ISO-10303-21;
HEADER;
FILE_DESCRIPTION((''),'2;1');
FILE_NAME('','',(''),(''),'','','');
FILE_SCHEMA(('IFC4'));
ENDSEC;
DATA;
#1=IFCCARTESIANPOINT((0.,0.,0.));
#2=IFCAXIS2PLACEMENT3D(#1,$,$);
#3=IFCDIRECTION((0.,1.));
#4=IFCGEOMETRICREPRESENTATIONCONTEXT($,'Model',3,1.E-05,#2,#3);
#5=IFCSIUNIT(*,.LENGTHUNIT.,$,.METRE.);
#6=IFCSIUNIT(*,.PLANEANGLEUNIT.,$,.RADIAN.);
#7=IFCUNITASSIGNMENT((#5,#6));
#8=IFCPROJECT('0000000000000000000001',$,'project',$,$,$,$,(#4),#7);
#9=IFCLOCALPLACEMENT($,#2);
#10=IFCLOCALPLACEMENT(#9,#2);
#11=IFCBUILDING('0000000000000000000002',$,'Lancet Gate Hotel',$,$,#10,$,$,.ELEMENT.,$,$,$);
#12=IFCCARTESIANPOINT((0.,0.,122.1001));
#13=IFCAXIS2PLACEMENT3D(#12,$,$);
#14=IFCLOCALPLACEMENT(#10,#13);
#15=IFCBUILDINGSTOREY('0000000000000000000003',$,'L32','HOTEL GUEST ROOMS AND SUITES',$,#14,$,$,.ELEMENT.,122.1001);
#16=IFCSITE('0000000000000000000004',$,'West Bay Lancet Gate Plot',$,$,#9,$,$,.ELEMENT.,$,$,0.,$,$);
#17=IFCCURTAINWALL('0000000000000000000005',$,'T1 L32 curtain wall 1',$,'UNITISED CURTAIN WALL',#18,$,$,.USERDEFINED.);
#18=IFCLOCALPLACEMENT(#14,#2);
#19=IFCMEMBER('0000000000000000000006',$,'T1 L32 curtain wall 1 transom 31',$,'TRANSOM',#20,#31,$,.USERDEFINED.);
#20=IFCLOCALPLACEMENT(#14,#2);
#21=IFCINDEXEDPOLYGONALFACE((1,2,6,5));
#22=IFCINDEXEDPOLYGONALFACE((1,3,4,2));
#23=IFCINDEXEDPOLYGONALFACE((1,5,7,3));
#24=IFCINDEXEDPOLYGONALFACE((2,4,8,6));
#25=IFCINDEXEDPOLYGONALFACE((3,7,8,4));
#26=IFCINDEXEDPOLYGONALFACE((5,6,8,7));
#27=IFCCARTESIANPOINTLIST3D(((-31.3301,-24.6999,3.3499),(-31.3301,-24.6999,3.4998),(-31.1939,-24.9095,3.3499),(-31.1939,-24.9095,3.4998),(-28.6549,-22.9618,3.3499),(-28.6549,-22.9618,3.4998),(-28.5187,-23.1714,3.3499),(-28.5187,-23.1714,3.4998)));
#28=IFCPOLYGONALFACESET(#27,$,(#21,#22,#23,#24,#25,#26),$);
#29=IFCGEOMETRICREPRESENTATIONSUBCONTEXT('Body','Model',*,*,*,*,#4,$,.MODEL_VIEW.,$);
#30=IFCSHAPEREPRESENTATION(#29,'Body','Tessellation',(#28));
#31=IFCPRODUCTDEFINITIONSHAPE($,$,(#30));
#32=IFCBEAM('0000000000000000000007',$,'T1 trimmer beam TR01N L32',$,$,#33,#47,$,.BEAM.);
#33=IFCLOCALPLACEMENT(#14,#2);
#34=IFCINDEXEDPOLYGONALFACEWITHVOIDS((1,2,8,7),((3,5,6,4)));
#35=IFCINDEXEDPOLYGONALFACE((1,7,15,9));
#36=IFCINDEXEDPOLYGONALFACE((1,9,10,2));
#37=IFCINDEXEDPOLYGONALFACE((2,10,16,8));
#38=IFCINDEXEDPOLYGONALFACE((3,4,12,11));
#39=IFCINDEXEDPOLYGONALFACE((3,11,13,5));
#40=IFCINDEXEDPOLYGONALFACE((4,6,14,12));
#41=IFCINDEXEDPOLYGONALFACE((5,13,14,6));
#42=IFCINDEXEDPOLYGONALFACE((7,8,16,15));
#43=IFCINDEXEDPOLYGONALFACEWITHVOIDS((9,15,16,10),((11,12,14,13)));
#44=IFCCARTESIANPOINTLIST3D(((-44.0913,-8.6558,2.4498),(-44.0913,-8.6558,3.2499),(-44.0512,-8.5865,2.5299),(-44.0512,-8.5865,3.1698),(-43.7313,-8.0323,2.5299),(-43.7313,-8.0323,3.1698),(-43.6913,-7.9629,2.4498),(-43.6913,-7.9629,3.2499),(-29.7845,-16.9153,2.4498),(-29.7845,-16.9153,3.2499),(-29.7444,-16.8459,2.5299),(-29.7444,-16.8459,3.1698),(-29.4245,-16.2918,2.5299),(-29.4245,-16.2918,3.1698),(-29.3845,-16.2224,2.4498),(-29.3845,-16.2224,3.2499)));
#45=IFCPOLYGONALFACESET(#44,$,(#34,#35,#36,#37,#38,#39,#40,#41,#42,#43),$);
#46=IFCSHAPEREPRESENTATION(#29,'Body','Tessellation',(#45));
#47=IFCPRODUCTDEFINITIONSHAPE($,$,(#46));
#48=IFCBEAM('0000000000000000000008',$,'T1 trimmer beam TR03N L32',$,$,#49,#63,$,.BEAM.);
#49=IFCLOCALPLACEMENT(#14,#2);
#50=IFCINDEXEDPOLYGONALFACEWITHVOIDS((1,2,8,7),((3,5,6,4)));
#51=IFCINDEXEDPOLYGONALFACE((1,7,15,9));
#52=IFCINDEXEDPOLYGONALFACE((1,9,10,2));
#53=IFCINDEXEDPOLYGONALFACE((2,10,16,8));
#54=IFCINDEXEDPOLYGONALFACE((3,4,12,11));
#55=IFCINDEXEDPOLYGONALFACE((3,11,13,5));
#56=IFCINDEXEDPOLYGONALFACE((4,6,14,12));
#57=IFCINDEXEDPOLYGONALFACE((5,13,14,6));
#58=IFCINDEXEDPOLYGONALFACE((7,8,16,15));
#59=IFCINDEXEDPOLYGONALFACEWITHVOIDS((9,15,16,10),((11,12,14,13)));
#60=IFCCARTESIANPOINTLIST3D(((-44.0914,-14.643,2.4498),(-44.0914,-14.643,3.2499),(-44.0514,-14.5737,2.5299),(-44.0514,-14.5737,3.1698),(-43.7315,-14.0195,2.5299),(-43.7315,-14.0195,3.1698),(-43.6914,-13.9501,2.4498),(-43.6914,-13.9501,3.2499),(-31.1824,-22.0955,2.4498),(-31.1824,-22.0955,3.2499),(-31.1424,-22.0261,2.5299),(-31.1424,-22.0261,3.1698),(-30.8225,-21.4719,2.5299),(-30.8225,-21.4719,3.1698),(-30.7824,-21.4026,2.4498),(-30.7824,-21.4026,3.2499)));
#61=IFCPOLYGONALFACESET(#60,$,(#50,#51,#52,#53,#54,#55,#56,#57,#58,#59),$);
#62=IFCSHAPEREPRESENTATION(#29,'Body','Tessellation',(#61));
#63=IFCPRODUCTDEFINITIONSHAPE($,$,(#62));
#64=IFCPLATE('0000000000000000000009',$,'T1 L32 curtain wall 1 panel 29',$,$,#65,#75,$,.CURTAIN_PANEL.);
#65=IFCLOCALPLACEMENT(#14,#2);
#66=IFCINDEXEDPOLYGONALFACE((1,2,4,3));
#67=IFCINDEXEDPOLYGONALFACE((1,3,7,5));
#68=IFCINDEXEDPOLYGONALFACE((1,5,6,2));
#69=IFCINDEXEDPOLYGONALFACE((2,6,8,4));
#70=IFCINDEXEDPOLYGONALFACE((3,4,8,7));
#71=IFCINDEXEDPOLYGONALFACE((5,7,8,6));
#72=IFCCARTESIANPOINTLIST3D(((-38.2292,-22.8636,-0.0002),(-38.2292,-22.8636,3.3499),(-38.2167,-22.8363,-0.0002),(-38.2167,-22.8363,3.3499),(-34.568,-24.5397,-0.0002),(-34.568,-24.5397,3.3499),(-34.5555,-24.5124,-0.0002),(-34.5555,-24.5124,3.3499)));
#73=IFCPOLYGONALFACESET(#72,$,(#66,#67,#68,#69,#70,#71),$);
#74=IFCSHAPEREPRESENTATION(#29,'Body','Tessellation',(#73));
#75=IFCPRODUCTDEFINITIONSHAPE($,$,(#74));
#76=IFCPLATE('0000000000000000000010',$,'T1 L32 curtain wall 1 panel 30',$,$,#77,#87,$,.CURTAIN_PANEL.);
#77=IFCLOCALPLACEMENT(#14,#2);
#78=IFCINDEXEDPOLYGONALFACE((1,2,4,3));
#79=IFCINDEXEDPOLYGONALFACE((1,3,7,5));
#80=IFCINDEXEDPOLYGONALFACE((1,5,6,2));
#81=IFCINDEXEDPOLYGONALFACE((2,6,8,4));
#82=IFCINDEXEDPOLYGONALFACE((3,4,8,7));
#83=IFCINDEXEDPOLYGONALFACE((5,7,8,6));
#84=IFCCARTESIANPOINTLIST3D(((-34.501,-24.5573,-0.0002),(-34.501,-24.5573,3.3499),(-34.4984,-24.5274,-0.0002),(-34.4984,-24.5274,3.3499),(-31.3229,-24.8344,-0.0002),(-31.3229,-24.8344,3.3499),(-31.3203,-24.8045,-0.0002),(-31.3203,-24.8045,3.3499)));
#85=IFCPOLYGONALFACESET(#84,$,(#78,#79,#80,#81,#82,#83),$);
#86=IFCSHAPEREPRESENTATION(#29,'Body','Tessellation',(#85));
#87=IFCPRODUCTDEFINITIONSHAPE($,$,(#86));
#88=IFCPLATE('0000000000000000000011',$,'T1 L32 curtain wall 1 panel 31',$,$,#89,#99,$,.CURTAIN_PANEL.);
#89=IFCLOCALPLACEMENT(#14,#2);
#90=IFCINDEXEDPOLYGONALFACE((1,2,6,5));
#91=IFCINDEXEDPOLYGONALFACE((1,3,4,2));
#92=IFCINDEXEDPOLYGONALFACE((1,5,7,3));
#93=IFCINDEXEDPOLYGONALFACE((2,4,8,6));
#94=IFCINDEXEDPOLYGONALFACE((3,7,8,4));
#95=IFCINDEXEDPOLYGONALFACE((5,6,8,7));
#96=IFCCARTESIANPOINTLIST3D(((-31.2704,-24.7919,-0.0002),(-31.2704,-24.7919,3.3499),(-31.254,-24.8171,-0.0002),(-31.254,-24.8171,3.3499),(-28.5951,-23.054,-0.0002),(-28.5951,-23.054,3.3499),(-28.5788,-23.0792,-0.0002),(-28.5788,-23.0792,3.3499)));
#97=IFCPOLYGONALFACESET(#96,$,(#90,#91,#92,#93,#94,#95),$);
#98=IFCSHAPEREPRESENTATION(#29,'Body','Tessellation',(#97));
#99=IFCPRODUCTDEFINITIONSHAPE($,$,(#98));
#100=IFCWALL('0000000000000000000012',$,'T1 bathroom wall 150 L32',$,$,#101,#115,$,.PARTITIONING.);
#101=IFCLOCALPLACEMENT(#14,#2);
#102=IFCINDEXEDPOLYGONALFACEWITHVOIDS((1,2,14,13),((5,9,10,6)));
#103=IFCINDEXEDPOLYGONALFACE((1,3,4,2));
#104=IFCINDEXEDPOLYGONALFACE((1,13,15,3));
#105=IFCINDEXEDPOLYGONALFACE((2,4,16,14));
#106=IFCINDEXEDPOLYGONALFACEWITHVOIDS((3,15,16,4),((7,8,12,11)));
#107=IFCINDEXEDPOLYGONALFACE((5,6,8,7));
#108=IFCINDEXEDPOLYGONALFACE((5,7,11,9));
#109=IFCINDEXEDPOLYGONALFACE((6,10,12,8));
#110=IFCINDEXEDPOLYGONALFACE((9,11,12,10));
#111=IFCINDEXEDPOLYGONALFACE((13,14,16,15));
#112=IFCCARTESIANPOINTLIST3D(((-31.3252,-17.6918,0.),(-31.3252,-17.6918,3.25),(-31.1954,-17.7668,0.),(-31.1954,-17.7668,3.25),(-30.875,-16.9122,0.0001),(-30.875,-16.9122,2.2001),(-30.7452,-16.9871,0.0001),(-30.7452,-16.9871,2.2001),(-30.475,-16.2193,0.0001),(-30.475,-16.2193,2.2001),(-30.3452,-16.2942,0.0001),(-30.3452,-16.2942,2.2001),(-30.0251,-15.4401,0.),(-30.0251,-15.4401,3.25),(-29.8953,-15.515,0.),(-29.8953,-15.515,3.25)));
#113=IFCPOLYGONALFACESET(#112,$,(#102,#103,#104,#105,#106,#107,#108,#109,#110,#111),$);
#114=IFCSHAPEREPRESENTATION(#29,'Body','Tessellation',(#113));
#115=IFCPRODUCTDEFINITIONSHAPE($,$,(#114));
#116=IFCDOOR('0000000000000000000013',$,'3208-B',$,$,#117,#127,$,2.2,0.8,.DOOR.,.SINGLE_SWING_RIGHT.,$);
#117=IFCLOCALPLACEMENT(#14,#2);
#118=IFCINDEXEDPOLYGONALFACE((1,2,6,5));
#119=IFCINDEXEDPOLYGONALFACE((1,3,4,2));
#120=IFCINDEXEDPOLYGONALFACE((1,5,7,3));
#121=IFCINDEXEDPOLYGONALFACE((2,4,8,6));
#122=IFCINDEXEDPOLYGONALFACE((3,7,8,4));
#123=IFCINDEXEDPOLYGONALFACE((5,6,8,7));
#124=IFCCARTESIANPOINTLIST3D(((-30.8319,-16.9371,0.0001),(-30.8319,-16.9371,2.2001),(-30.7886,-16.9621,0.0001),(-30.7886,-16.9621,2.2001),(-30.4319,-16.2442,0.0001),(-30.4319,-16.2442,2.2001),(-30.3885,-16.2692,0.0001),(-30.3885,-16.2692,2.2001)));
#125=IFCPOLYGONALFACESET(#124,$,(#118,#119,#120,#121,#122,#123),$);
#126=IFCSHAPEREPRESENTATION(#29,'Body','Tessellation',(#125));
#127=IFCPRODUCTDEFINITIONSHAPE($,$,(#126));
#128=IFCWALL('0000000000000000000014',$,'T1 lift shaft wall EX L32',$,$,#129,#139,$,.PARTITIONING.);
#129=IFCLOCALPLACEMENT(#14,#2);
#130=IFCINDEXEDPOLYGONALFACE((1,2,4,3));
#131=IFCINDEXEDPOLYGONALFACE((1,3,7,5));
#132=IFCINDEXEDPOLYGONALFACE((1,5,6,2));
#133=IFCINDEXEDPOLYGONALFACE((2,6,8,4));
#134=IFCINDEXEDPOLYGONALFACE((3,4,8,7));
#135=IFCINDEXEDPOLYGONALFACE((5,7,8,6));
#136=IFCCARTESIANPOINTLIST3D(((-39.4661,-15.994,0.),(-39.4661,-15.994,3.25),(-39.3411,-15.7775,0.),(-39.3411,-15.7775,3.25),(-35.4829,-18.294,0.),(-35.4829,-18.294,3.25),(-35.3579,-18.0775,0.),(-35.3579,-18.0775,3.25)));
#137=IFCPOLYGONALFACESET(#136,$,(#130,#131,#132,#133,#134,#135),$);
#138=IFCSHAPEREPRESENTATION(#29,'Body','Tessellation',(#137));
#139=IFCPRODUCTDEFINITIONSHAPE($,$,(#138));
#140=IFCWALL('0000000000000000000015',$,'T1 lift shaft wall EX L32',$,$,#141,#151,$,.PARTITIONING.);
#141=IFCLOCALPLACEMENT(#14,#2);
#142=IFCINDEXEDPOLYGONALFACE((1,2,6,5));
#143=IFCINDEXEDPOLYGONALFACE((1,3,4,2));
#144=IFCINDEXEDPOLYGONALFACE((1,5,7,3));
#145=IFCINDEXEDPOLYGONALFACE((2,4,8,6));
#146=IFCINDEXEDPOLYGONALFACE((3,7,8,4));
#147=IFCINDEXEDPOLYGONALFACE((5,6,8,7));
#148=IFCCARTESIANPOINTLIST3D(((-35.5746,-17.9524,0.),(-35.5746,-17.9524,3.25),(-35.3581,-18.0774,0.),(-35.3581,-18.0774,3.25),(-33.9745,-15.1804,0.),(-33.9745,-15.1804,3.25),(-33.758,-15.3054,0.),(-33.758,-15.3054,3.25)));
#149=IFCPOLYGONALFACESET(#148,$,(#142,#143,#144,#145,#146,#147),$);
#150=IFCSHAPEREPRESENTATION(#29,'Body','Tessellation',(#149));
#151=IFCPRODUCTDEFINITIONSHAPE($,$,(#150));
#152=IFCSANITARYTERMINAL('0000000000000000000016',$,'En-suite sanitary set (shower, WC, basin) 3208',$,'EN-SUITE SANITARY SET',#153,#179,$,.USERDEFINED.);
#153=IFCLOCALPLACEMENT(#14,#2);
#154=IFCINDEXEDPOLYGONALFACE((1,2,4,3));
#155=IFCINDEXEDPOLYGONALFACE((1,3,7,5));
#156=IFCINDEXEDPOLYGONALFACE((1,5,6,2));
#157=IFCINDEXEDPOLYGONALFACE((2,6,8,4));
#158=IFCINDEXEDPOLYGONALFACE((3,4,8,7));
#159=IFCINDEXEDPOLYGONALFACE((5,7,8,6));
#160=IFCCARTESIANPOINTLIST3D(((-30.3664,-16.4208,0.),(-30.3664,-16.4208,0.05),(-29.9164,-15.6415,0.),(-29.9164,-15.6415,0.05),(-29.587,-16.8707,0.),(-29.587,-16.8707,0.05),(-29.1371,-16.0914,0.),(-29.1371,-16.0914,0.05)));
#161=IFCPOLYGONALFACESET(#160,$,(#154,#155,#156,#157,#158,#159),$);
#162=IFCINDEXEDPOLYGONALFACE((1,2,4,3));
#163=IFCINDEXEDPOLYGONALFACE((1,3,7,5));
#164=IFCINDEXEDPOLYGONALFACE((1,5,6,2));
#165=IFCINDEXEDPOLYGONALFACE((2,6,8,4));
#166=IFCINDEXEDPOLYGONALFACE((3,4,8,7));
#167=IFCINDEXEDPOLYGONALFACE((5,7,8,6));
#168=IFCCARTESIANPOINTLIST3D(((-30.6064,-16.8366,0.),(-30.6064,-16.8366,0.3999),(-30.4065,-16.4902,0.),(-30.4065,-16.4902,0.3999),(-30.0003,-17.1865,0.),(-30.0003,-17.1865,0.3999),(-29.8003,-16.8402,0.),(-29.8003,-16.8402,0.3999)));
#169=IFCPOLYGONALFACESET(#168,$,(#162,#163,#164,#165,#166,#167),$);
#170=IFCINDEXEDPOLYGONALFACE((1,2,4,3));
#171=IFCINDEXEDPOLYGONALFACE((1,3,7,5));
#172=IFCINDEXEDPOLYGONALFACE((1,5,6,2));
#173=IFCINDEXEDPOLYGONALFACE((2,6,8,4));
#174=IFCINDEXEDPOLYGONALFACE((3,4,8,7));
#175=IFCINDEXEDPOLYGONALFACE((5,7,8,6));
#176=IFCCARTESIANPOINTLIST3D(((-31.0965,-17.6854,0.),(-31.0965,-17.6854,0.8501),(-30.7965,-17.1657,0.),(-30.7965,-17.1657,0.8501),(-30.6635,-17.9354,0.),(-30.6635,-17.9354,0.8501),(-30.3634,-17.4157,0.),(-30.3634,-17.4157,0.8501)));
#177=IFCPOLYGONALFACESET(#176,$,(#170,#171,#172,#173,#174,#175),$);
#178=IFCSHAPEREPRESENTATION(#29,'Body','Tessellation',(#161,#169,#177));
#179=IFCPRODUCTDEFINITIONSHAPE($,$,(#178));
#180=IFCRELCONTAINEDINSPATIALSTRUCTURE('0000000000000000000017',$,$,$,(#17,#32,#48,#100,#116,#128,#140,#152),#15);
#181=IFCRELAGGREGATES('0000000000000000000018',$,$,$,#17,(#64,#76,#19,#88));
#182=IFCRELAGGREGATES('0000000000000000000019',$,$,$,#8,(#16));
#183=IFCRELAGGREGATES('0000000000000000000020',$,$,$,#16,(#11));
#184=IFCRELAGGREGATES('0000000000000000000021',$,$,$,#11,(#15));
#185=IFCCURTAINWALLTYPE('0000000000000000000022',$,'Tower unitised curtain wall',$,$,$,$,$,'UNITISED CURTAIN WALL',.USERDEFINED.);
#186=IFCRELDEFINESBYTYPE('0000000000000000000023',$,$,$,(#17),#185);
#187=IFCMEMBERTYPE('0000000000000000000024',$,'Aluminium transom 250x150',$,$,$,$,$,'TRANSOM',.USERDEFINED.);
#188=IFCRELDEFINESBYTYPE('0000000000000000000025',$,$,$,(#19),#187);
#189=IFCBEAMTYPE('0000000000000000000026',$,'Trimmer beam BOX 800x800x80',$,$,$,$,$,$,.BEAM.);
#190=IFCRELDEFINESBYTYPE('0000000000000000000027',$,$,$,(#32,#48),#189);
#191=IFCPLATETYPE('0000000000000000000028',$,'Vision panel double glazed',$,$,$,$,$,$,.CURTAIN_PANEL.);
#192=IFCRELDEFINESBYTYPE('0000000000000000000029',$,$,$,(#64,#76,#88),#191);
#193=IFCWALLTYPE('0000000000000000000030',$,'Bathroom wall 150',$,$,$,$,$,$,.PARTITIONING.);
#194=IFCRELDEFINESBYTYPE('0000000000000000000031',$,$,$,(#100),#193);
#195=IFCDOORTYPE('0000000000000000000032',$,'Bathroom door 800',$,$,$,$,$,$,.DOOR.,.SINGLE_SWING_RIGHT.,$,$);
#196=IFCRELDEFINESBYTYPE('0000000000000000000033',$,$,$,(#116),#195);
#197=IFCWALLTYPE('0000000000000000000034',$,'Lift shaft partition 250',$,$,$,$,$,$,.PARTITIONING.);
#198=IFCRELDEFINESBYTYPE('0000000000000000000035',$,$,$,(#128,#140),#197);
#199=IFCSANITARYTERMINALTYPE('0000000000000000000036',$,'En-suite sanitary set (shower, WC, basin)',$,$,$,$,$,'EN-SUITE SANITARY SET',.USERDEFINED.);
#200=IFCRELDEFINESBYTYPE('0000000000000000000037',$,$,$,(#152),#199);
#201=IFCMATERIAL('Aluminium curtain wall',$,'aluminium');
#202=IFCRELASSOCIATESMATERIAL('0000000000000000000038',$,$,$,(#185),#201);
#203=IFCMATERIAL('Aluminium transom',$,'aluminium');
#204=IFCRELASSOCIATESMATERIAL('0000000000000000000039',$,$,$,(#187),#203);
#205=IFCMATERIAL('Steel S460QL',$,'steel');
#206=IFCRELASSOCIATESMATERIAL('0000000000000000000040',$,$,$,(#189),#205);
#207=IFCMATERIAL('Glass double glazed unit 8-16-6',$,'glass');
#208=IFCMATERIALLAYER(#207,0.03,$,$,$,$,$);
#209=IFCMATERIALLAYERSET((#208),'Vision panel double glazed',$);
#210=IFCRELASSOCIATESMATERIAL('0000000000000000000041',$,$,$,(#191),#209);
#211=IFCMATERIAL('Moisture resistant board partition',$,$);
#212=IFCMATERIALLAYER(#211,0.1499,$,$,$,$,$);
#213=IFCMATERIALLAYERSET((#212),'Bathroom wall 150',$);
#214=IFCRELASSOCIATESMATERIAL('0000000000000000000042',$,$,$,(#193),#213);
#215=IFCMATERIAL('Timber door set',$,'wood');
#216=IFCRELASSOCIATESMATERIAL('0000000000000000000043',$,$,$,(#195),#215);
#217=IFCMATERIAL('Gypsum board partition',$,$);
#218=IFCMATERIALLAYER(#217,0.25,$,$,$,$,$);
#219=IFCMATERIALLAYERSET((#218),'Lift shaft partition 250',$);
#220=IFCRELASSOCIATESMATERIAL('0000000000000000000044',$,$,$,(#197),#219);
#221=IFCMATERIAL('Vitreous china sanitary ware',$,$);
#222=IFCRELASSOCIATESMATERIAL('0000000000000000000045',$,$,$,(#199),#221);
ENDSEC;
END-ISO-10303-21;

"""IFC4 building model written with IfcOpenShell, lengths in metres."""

from ifc_helpers import new_model, si_unit, direction, frame, frame_2d, origin, origin_2d, place, context, subcontext, project, spatial, rectangle, hollow_rectangle, extrude, material, layer, layer_set, material_profile, profile_set, type_object, element, fill, aggregate, save


model = new_model("IFC4")

# Units and contexts
model_context = context("Model", 3, precision=1e-05, world=origin(), true_north=direction((0.0, 1.0)))
body_context = subcontext(model_context, "Body", "Model", "MODEL_VIEW")
ifc_project = project(units=[si_unit("LENGTHUNIT", "METRE"), si_unit("PLANEANGLEUNIT", "RADIAN")], contexts=[model_context])

# Site, building, storey
site_placement = place(None, origin())
site = spatial("IfcSite", under=ifc_project, at=site_placement, Name="West Bay Lancet Gate Plot", CompositionType="ELEMENT", RefElevation=0.0)
building_placement = place(site_placement, origin())
building = spatial("IfcBuilding", under=site, at=building_placement, Name="Lancet Gate Hotel", CompositionType="ELEMENT")
storey_placement = place(building_placement, frame((0.0, 0.0, 122.1001)))
storey = spatial("IfcBuildingStorey", under=building, at=storey_placement, Name="L32", Description="HOTEL GUEST ROOMS AND SUITES", CompositionType="ELEMENT", Elevation=122.1001)

# Curtain wall, member
ifc_material_1 = material(Name="Aluminium curtain wall", Category="aluminium")
curtain_wall_type = type_object("IfcCurtainWallType", Name="Tower unitised curtain wall", ElementType="UNITISED CURTAIN WALL", PredefinedType="USERDEFINED", material=ifc_material_1)
curtain_wall_placement = place(storey_placement, origin())
curtain_wall = element("IfcCurtainWall", 1, at=curtain_wall_placement, inside=storey, type_object=curtain_wall_type, Name="T1 L32 curtain wall 1", ObjectType="UNITISED CURTAIN WALL", PredefinedType="USERDEFINED")
ifc_material_2 = material(Name="Aluminium transom", Category="aluminium")
ifc_material_profile_1 = material_profile(ifc_material_2, rectangle(XDim=0.25, YDim=0.1499, at=origin_2d()), Name="TRANSOM 250x150")
ifc_profile_set_1 = profile_set([ifc_material_profile_1], Name="Aluminium transom")
member_type_1 = type_object("IfcMemberType", Name="Aluminium transom 250x150", ElementType="TRANSOM", PredefinedType="USERDEFINED", material=ifc_profile_set_1)
member_1_placement = place(storey_placement, frame((-31.262, -24.8047, 3.4248), z_axis=(0.83855, 0.544824, 0.0), x_axis=(-0.544824, 0.83855, 0.0)))
member_1 = element("IfcMember", 2, at=member_1_placement, type_object=member_type_1, Name="T1 L32 curtain wall 1 transom 31", ObjectType="TRANSOM", PredefinedType="USERDEFINED", context=body_context, shape_type="SweptSolid", body=[
    extrude(rectangle(XDim=0.25, YDim=0.1499, at=origin_2d()), origin(), (0.0, 0.0, 1.0), 3.1902),
])

# Beams
ifc_material_3 = material(Name="Steel S460QL", Category="steel")
ifc_material_profile_2 = material_profile(ifc_material_3, hollow_rectangle(XDim=0.8, YDim=0.8, WallThickness=0.0801, at=origin_2d()), Name="BOX 800x800x80")
ifc_profile_set_2 = profile_set([ifc_material_profile_2], Name="Steel S460QL")
beam_type = type_object("IfcBeamType", Name="Trimmer beam BOX 800x800x80", PredefinedType="BEAM", material=ifc_profile_set_2)
beam_1_placement = place(storey_placement, frame((-29.5845, -16.5688, 2.8499), z_axis=(-0.86604, 0.499974, 0.0), x_axis=(-0.499974, -0.86604, 0.0)))
element("IfcBeam", 3, at=beam_1_placement, inside=storey, type_object=beam_type, Name="T1 trimmer beam TR01N L32", PredefinedType="BEAM", context=body_context, shape_type="SweptSolid", body=[
    extrude(hollow_rectangle(XDim=0.8, YDim=0.8, WallThickness=0.0801, at=origin_2d()), origin(), (0.0, 0.0, 1.0), 16.5198),
])
beam_2_placement = place(storey_placement, frame((-30.9824, -21.749, 2.8499), z_axis=(-0.866042, 0.499971, 0.0), x_axis=(-0.499971, -0.866042, 0.0)))
element("IfcBeam", 4, at=beam_2_placement, inside=storey, type_object=beam_type, Name="T1 trimmer beam TR03N L32", PredefinedType="BEAM", context=body_context, shape_type="SweptSolid", body=[
    extrude(hollow_rectangle(XDim=0.8, YDim=0.8, WallThickness=0.0801, at=origin_2d()), origin(), (0.0, 0.0, 1.0), 14.9058),
])

# Plates
ifc_material_4 = material(Name="Glass double glazed unit 8-16-6", Category="glass")
ifc_layer_1 = layer(ifc_material_4, 0.03)
ifc_layer_set_1 = layer_set([ifc_layer_1], Name="Vision panel double glazed")
plate_type = type_object("IfcPlateType", Name="Vision panel double glazed", PredefinedType="CURTAIN_PANEL", material=ifc_layer_set_1)
plate_1_placement = place(storey_placement, frame((-36.3923, -23.688, -0.0002), z_axis=(0.0, 0.0, 1.0), x_axis=(0.909253, -0.416245, 0.0)))
plate_1 = element("IfcPlate", 5, at=plate_1_placement, type_object=plate_type, Name="T1 L32 curtain wall 1 panel 29", PredefinedType="CURTAIN_PANEL", context=body_context, shape_type="SweptSolid", body=[
    extrude(rectangle(XDim=4.0266, YDim=0.03, at=origin_2d()), origin(), (0.0, 0.0, 1.0), 3.3501),
])
plate_2_placement = place(storey_placement, frame((-32.9106, -24.6809, -0.0002), z_axis=(0.0, 0.0, 1.0), x_axis=(0.996219, -0.08688, 0.0)))
plate_2 = element("IfcPlate", 6, at=plate_2_placement, type_object=plate_type, Name="T1 L32 curtain wall 1 panel 30", PredefinedType="CURTAIN_PANEL", context=body_context, shape_type="SweptSolid", body=[
    extrude(rectangle(XDim=3.1902, YDim=0.03, at=origin_2d()), origin(), (0.0, 0.0, 1.0), 3.3501),
])
plate_3_placement = place(storey_placement, frame((-29.9246, -23.9355, -0.0002), z_axis=(0.0, 0.0, 1.0), x_axis=(0.83858, 0.544778, 0.0)))
plate_3 = element("IfcPlate", 7, at=plate_3_placement, type_object=plate_type, Name="T1 L32 curtain wall 1 panel 31", PredefinedType="CURTAIN_PANEL", context=body_context, shape_type="SweptSolid", body=[
    extrude(rectangle(XDim=3.1902, YDim=0.03, at=origin_2d()), origin(), (0.0, 0.0, 1.0), 3.3501),
])
aggregate(curtain_wall, [plate_1, plate_2, member_1, plate_3])

# Wall, opening, door
ifc_material_5 = material(Name="Moisture resistant board partition")
ifc_layer_2 = layer(ifc_material_5, 0.1499)
ifc_layer_set_2 = layer_set([ifc_layer_2], Name="Bathroom wall 150")
wall_type_1 = type_object("IfcWallType", Name="Bathroom wall 150", PredefinedType="PARTITIONING", material=ifc_layer_set_2)
wall_1_placement = place(storey_placement, frame((-29.9602, -15.4775, 0.0), z_axis=(0.0, 0.0, 1.0), x_axis=(-0.500007, -0.866021, 0.0)))
wall_1 = element("IfcWall", 8, at=wall_1_placement, inside=storey, type_object=wall_type_1, Name="T1 bathroom wall 150 L32", PredefinedType="PARTITIONING", context=body_context, shape_type="SweptSolid", body=[
    extrude(rectangle(XDim=2.6001, YDim=0.1499, at=frame_2d((1.3, 0.0))), origin(), (0.0, 0.0, 1.0), 3.25),
])
opening_placement = place(wall_1_placement, frame((0.8999, 0.0, 0.0)))
opening = element("IfcOpeningElement", 9, at=opening_placement, cuts=wall_1, PredefinedType="OPENING", context=body_context, shape_type="SweptSolid", body=[
    extrude(rectangle(XDim=0.8, YDim=2.2, at=frame_2d((0.3999, 1.1001))), frame((0.0, 0.085, 0.0), z_axis=(0.0, -1.0, 0.0), x_axis=(1.0, 0.0, 0.0)), (0.0, 0.0, 1.0), 0.1699),
])
ifc_material_6 = material(Name="Timber door set", Category="wood")
door_type = type_object("IfcDoorType", Name="Bathroom door 800", OperationType="SINGLE_SWING_RIGHT", PredefinedType="DOOR", material=ifc_material_6)
door_placement = place(opening_placement, origin())
door = element("IfcDoor", 10, at=door_placement, inside=storey, type_object=door_type, Name="3208-B", OperationType="SINGLE_SWING_RIGHT", OverallHeight=2.2, OverallWidth=0.8, PredefinedType="DOOR", context=body_context, shape_type="SweptSolid", body=[
    extrude(rectangle(XDim=0.8, YDim=2.2, at=frame_2d((0.3999, 1.1001))), frame((0.0, 0.0249, 0.0), z_axis=(0.0, -1.0, 0.0), x_axis=(1.0, 0.0, 0.0)), (0.0, 0.0, 1.0), 0.05),
])
fill(opening, door)

# Walls
ifc_material_7 = material(Name="Gypsum board partition")
ifc_layer_3 = layer(ifc_material_7, 0.25)
ifc_layer_set_3 = layer_set([ifc_layer_3], Name="Lift shaft partition 250")
wall_type_2 = type_object("IfcWallType", Name="Lift shaft partition 250", PredefinedType="PARTITIONING", material=ifc_layer_set_3)
wall_2_placement = place(storey_placement, frame((-35.4204, -18.1858, 0.0), z_axis=(0.0, 0.0, 1.0), x_axis=(-0.86599, 0.500061, 0.0)))
element("IfcWall", 11, at=wall_2_placement, inside=storey, type_object=wall_type_2, Name="T1 lift shaft wall EX L32", PredefinedType="PARTITIONING", context=body_context, shape_type="SweptSolid", body=[
    extrude(rectangle(XDim=4.5996, YDim=0.25, at=frame_2d((2.2998, 0.0))), origin(), (0.0, 0.0, 1.0), 3.25),
])
wall_3_placement = place(storey_placement, frame((-33.8662, -15.2429, 0.0), z_axis=(0.0, 0.0, 1.0), x_axis=(-0.499929, -0.866066, 0.0)))
element("IfcWall", 12, at=wall_3_placement, inside=storey, type_object=wall_type_2, Name="T1 lift shaft wall EX L32", PredefinedType="PARTITIONING", context=body_context, shape_type="SweptSolid", body=[
    extrude(rectangle(XDim=3.2007, YDim=0.25, at=frame_2d((1.6003, 0.0))), origin(), (0.0, 0.0, 1.0), 3.25),
])

# Sanitary terminal
ifc_material_8 = material(Name="Vitreous china sanitary ware")
sanitary_terminal_type = type_object("IfcSanitaryTerminalType", Name="En-suite sanitary set (shower, WC, basin)", ElementType="EN-SUITE SANITARY SET", PredefinedType="USERDEFINED", material=ifc_material_8)
sanitary_terminal_placement = place(storey_placement, frame((-29.7517, -16.2561, 0.0), z_axis=(0.0, 0.0, 1.0), x_axis=(1.0, 0.0, 0.0)))
element("IfcSanitaryTerminal", 13, at=sanitary_terminal_placement, inside=storey, type_object=sanitary_terminal_type, Name="En-suite sanitary set (shower, WC, basin) 3208", ObjectType="EN-SUITE SANITARY SET", PredefinedType="USERDEFINED", context=body_context, shape_type="SweptSolid", body=[
    extrude(rectangle(XDim=0.8999, YDim=0.8999, at=origin_2d()), frame((0.0, 0.0, 0.0), z_axis=(0.0, 0.0, 1.0), x_axis=(0.5, 0.866025, 0.0)), (0.0, 0.0, 1.0), 0.05),
    extrude(rectangle(XDim=0.3999, YDim=0.7, at=origin_2d()), frame((-0.4517, -0.5823, 0.0), z_axis=(0.0, 0.0, 1.0), x_axis=(0.5, 0.866025, 0.0)), (0.0, 0.0, 1.0), 0.3999),
    extrude(rectangle(XDim=0.6001, YDim=0.5, at=origin_2d()), frame((-0.9783, -1.2944, 0.0), z_axis=(0.0, 0.0, 1.0), x_axis=(0.5, 0.866025, 0.0)), (0.0, 0.0, 1.0), 0.8501),
])

save(model, "model.ifc")
